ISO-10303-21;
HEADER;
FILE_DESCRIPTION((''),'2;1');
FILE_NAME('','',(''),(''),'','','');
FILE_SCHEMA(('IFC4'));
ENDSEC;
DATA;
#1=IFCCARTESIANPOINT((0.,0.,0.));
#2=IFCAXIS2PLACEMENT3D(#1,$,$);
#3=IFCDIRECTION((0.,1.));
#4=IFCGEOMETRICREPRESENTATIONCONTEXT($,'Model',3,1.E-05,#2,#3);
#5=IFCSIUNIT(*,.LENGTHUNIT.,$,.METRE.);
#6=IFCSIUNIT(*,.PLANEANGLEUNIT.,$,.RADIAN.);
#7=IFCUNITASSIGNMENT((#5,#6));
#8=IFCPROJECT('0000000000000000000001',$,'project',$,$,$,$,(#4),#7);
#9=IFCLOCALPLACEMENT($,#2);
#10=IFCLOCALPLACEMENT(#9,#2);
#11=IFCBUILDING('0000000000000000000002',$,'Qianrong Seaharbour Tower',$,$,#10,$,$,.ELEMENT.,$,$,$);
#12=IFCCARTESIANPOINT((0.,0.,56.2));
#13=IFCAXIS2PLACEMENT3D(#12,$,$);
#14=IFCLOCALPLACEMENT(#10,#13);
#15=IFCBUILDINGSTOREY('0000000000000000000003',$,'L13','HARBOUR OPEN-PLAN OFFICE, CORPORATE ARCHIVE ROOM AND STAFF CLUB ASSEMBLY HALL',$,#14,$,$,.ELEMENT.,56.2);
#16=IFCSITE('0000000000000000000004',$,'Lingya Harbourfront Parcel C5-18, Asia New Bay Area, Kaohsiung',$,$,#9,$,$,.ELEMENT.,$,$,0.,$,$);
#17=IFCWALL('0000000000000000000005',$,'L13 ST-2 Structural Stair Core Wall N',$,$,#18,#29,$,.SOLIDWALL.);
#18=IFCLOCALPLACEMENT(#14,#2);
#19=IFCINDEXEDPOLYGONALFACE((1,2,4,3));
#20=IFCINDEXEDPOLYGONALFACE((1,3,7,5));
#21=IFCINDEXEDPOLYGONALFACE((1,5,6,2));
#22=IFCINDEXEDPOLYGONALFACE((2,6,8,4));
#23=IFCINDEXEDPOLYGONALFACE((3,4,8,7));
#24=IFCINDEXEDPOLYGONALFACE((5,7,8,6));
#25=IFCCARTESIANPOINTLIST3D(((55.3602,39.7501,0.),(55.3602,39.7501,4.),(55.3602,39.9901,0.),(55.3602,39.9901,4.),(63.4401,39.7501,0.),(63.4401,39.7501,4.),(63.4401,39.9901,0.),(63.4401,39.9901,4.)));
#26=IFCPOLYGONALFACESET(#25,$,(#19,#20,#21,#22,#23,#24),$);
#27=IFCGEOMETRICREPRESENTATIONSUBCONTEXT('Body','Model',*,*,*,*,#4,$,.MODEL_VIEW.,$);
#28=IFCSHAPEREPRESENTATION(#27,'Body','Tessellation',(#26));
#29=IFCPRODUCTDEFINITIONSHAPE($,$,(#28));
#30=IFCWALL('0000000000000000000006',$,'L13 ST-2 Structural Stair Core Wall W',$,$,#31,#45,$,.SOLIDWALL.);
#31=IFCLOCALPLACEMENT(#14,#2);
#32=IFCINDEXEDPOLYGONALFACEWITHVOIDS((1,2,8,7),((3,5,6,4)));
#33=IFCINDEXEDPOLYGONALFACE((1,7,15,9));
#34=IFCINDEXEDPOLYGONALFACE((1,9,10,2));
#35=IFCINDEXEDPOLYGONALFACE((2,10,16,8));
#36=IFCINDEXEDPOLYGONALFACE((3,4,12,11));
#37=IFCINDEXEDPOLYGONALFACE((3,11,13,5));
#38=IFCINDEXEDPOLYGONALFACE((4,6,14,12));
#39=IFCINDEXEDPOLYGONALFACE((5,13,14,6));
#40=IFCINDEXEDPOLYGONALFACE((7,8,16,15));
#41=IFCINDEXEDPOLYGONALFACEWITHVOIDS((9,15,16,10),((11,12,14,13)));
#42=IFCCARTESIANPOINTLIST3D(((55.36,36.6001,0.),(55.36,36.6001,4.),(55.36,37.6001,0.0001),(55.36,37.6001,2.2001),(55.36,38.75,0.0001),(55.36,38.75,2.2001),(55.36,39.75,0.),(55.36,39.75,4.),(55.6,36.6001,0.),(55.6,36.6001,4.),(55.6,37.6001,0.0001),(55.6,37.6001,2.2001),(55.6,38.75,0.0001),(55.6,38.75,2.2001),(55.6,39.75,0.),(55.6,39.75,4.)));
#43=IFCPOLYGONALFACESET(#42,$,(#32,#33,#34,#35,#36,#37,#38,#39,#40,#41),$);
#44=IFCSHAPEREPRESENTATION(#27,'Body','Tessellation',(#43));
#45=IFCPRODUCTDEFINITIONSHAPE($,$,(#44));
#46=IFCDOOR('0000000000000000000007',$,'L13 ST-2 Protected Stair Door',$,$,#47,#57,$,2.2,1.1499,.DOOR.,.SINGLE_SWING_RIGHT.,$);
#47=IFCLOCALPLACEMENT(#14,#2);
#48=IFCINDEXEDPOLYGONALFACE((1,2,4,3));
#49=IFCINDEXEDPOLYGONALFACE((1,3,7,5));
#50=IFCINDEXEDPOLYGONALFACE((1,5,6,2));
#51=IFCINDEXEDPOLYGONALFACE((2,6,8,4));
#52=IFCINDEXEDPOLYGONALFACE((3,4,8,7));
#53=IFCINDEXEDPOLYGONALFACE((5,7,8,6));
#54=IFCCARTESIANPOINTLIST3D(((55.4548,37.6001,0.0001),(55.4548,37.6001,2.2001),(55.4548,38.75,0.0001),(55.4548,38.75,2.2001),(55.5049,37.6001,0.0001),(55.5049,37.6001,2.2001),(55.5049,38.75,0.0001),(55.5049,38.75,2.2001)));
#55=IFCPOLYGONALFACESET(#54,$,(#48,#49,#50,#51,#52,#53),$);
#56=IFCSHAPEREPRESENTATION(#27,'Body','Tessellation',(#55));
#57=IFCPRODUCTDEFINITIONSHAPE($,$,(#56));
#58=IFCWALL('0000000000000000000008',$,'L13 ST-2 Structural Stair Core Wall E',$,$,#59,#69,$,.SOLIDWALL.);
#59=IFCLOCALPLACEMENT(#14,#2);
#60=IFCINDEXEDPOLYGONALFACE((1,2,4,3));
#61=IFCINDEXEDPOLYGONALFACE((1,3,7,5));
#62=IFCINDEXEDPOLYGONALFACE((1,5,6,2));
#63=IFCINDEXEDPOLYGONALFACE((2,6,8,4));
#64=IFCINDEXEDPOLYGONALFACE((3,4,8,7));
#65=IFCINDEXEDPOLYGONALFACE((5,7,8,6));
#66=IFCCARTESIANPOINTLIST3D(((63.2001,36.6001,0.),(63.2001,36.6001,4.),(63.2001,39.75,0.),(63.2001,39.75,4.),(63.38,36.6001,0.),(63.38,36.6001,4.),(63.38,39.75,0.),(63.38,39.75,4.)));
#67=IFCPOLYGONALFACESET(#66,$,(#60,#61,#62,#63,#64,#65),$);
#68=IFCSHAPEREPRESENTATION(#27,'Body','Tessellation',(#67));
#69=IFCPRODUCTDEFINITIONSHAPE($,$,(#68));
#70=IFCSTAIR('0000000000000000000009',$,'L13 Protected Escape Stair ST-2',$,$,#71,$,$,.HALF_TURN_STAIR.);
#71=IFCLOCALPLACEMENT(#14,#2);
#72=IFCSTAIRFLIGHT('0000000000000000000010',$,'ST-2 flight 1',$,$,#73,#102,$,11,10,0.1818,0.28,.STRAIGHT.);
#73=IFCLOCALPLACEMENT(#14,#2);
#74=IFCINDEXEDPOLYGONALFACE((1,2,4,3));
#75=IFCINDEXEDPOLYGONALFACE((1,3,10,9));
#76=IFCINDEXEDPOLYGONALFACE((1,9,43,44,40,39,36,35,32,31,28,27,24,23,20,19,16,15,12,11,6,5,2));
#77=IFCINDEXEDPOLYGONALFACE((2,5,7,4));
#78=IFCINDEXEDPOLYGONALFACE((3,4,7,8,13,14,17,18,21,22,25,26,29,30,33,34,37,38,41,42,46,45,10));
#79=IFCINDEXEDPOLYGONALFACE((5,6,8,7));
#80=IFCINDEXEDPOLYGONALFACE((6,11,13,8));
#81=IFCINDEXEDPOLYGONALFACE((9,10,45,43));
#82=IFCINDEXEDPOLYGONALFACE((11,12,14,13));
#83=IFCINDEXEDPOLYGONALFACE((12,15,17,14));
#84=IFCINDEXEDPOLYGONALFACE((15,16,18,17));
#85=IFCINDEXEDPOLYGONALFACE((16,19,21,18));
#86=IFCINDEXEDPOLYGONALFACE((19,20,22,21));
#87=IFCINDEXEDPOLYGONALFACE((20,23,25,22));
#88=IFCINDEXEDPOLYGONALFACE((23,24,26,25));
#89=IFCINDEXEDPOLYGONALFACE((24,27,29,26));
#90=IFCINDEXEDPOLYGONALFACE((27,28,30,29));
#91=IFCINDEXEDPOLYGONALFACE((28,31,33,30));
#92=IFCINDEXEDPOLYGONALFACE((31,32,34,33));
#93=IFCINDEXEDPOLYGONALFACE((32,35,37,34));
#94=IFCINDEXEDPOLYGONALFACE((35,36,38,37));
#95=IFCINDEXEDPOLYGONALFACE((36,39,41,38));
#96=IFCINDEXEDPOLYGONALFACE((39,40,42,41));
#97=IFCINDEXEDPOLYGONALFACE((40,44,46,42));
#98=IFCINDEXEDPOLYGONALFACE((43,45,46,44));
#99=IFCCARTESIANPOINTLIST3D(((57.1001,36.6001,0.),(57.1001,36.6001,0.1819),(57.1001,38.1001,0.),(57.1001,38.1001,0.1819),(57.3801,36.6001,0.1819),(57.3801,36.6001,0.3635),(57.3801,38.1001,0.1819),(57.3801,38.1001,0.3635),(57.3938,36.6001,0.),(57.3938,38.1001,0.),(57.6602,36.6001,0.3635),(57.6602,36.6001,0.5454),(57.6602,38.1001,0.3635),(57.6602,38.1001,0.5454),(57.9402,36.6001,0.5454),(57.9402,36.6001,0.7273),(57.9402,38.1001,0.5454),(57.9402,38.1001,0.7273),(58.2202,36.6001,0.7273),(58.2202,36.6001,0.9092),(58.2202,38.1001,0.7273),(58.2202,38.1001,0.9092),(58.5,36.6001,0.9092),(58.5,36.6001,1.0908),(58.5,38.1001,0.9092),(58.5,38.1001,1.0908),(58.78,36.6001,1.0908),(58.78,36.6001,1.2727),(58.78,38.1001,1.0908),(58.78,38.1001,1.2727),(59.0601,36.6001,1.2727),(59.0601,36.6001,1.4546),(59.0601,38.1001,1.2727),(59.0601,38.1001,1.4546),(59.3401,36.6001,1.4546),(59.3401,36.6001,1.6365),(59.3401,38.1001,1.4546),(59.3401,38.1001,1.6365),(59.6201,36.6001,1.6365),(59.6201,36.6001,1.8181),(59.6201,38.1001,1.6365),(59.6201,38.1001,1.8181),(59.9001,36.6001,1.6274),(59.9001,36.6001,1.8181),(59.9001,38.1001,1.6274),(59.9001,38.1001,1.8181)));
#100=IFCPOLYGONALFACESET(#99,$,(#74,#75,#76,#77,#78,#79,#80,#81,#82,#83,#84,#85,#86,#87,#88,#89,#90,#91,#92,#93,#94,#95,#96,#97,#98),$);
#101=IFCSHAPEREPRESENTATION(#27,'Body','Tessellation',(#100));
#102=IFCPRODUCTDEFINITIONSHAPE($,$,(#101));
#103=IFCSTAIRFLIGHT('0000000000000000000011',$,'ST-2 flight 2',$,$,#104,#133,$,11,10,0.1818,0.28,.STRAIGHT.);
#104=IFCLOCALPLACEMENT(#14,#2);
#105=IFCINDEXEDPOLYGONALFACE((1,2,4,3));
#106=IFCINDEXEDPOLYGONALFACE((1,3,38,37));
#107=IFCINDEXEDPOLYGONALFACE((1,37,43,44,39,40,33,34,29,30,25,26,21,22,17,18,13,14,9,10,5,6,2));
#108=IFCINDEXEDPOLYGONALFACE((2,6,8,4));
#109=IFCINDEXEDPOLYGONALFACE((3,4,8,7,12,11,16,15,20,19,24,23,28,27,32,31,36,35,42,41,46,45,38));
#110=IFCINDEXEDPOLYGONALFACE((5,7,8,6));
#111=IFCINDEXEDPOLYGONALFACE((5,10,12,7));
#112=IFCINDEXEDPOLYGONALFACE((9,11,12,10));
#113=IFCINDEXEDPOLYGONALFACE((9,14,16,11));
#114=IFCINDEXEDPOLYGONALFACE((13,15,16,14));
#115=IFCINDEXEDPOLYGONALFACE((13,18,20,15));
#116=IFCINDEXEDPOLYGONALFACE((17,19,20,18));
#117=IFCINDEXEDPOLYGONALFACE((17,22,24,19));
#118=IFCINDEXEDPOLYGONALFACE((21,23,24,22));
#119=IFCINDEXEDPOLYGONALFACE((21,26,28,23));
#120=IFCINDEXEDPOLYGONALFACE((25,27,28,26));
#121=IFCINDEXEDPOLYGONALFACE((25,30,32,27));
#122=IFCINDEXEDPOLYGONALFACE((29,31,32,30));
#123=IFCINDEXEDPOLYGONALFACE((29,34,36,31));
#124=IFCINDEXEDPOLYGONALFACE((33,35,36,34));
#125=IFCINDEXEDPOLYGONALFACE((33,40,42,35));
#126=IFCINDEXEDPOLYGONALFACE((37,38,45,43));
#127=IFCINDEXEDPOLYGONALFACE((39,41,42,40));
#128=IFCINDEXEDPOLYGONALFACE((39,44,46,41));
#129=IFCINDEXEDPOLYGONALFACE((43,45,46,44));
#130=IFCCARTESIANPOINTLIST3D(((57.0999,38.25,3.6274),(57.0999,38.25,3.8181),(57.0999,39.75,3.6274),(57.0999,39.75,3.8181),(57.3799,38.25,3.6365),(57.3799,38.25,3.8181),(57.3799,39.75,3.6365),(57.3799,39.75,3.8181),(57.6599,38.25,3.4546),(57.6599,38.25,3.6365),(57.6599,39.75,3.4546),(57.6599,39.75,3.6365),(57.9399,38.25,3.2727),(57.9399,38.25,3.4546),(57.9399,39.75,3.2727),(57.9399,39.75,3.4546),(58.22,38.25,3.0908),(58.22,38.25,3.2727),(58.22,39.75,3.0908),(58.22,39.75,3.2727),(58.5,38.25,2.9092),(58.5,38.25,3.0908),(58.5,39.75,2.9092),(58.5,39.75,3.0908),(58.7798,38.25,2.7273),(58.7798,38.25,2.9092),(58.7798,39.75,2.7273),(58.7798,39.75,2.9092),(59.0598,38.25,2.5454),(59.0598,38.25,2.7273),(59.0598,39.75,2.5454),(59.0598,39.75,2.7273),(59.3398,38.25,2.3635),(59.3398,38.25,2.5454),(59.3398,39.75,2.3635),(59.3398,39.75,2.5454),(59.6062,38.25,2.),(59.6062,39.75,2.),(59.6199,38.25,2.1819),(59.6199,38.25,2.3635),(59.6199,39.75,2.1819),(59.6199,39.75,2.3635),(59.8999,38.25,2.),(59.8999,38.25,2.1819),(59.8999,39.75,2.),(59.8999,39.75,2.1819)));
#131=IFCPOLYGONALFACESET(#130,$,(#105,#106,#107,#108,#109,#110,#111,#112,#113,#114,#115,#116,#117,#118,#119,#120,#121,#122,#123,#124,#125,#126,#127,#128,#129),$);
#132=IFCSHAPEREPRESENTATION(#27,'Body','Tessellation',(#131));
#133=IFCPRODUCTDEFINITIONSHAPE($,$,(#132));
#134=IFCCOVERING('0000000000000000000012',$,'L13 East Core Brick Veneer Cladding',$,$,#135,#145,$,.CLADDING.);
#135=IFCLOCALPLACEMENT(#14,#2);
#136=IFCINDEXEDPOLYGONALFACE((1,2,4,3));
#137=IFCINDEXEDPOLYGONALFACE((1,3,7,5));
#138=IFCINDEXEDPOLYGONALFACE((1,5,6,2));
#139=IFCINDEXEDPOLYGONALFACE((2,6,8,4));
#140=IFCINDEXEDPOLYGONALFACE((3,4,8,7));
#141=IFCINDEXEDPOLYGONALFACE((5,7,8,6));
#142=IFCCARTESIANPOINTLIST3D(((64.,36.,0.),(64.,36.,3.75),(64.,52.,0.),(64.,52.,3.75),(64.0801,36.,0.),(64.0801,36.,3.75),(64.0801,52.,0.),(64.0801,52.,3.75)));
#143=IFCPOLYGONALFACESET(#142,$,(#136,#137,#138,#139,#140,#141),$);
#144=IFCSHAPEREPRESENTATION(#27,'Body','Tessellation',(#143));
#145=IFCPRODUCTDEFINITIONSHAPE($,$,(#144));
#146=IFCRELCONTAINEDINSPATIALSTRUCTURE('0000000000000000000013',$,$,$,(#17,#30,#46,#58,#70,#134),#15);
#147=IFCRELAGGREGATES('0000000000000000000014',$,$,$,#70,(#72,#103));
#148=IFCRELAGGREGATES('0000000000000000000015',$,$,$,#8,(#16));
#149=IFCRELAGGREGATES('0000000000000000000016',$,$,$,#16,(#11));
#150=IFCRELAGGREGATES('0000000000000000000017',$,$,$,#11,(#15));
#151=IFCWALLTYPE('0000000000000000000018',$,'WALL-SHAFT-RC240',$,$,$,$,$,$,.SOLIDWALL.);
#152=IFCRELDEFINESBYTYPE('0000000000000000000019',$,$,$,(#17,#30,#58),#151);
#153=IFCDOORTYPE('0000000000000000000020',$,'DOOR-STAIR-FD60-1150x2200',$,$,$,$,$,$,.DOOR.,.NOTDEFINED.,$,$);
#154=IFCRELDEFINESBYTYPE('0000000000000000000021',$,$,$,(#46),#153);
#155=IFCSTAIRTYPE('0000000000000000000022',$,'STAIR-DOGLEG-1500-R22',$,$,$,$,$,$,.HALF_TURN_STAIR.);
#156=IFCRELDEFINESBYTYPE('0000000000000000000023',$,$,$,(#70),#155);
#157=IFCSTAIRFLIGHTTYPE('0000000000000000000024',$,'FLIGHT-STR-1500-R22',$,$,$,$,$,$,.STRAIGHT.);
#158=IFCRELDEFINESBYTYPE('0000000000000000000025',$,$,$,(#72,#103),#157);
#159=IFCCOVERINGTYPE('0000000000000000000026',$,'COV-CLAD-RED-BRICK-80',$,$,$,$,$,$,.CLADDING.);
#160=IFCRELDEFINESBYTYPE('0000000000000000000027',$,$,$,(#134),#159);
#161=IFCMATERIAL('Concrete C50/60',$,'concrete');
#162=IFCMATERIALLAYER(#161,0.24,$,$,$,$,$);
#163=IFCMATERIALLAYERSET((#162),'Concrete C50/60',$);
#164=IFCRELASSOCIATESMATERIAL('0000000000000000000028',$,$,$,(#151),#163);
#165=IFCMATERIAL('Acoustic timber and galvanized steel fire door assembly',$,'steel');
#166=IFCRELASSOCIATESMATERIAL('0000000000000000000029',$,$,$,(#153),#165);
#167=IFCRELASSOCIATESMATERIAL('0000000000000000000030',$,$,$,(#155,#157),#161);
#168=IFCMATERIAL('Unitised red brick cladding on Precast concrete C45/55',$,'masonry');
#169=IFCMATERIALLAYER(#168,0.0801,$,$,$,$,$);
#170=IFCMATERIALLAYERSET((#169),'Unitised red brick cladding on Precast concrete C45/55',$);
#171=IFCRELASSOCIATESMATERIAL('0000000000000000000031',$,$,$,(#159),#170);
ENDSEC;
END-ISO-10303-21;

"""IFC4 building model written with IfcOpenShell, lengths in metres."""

from ifc_helpers import new_model, si_unit, direction, frame, frame_2d, origin, origin_2d, place, context, subcontext, project, spatial, polyline, rectangle, outline, extrude, material, layer, layer_set, type_object, element, fill, aggregate, save


model = new_model("IFC4")

# Units and contexts
model_context = context("Model", 3, precision=1e-05, world=origin(), true_north=direction((0.0, 1.0)))
body_context = subcontext(model_context, "Body", "Model", "MODEL_VIEW")
ifc_project = project(units=[si_unit("LENGTHUNIT", "METRE"), si_unit("PLANEANGLEUNIT", "RADIAN")], contexts=[model_context])

# Site, building, storey
site_placement = place(None, origin())
site = spatial("IfcSite", under=ifc_project, at=site_placement, Name="Lingya Harbourfront Parcel C5-18, Asia New Bay Area, Kaohsiung", CompositionType="ELEMENT", RefElevation=0.0)
building_placement = place(site_placement, origin())
building = spatial("IfcBuilding", under=site, at=building_placement, Name="Qianrong Seaharbour Tower", CompositionType="ELEMENT")
storey_placement = place(building_placement, frame((0.0, 0.0, 56.2)))
storey = spatial("IfcBuildingStorey", under=building, at=storey_placement, Name="L13", Description="HARBOUR OPEN-PLAN OFFICE, CORPORATE ARCHIVE ROOM AND STAFF CLUB ASSEMBLY HALL", CompositionType="ELEMENT", Elevation=56.2)

# Shared definitions
ifc_material_1 = material(Name="Acoustic timber and galvanized steel fire door assembly", Category="steel")

# Wall
ifc_material_2 = material(Name="Concrete C50/60", Category="concrete")
ifc_layer_1 = layer(ifc_material_2, 0.24)
ifc_layer_set_1 = layer_set([ifc_layer_1], Name="Concrete C50/60")
wall_type_1 = type_object("IfcWallType", Name="WALL-SHAFT-RC240", PredefinedType="SOLIDWALL", material=ifc_layer_set_1)
wall_1_placement = place(storey_placement, frame((55.3601, 39.8701, 0.0), z_axis=(0.0, 0.0, 1.0), x_axis=(1.0, 0.0, 0.0)))
element("IfcWall", 1, at=wall_1_placement, inside=storey, type_object=wall_type_1, Name="L13 ST-2 Structural Stair Core Wall N", PredefinedType="SOLIDWALL", context=body_context, shape_type="SweptSolid", body=[
    extrude(rectangle(XDim=8.0798, YDim=0.24, at=frame_2d((4.04, 0.0))), origin(), (0.0, 0.0, 1.0), 4.0),
])

# Wall, opening, door
wall_2_placement = place(storey_placement, frame((55.48, 39.75, 0.0), z_axis=(0.0, 0.0, 1.0), x_axis=(0.0, -1.0, 0.0)))
wall_2 = element("IfcWall", 2, at=wall_2_placement, inside=storey, type_object=wall_type_1, Name="L13 ST-2 Structural Stair Core Wall W", PredefinedType="SOLIDWALL", context=body_context, shape_type="SweptSolid", body=[
    extrude(rectangle(XDim=3.1499, YDim=0.24, at=frame_2d((1.575, 0.0))), origin(), (0.0, 0.0, 1.0), 4.0),
])
opening_1_placement = place(wall_2_placement, frame((1.0, 0.0, 0.0)))
opening_1 = element("IfcOpeningElement", 3, at=opening_1_placement, cuts=wall_2, PredefinedType="OPENING", context=body_context, shape_type="SweptSolid", body=[
    extrude(rectangle(XDim=1.1499, YDim=2.2, at=frame_2d((0.575, 1.1001))), frame((0.0, 0.1299, 0.0), z_axis=(0.0, -1.0, 0.0), x_axis=(1.0, 0.0, 0.0)), (0.0, 0.0, 1.0), 0.26),
])
door_type_1 = type_object("IfcDoorType", Name="DOOR-STAIR-FD60-1150x2200", OperationType="NOTDEFINED", PredefinedType="DOOR", material=ifc_material_1)
door_1_placement = place(opening_1_placement, origin())
door_1 = element("IfcDoor", 4, at=door_1_placement, inside=storey, type_object=door_type_1, Name="L13 ST-2 Protected Stair Door", OperationType="SINGLE_SWING_RIGHT", OverallHeight=2.2, OverallWidth=1.1499, PredefinedType="DOOR", context=body_context, shape_type="SweptSolid", body=[
    extrude(rectangle(XDim=1.1499, YDim=2.2, at=frame_2d((0.575, 1.1001))), frame((0.0, 0.0249, 0.0), z_axis=(0.0, -1.0, 0.0), x_axis=(1.0, 0.0, 0.0)), (0.0, 0.0, 1.0), 0.05),
])
fill(opening_1, door_1)

# Wall
wall_3_placement = place(storey_placement, frame((63.29, 36.6001, 0.0), z_axis=(0.0, 0.0, 1.0), x_axis=(0.0, 1.0, 0.0)))
element("IfcWall", 5, at=wall_3_placement, inside=storey, type_object=wall_type_1, Name="L13 ST-2 Structural Stair Core Wall E", PredefinedType="SOLIDWALL", context=body_context, shape_type="SweptSolid", body=[
    extrude(rectangle(XDim=3.1499, YDim=0.1799, at=frame_2d((1.575, 0.0))), origin(), (0.0, 0.0, 1.0), 4.0),
])

# Stair, stair flights
stair_type = type_object("IfcStairType", Name="STAIR-DOGLEG-1500-R22", PredefinedType="HALF_TURN_STAIR", material=ifc_material_2)
stair_placement = place(storey_placement, origin())
stair = element("IfcStair", 6, at=stair_placement, inside=storey, type_object=stair_type, Name="L13 Protected Escape Stair ST-2", PredefinedType="HALF_TURN_STAIR")
stair_flight_type = type_object("IfcStairFlightType", Name="FLIGHT-STR-1500-R22", PredefinedType="STRAIGHT", material=ifc_material_2)
stair_flight_1_placement = place(storey_placement, frame((57.1001, 37.3501, 0.0), z_axis=(0.0, 0.0, 1.0), x_axis=(1.0, 0.0, 0.0)))
stair_flight_1 = element("IfcStairFlight", 7, at=stair_flight_1_placement, type_object=stair_flight_type, Name="ST-2 flight 1", NumberOfRisers=11, NumberOfTreads=10, PredefinedType="STRAIGHT", RiserHeight=0.1818, TreadLength=0.28, context=body_context, shape_type="SweptSolid", body=[
    extrude(outline(polyline([(0.0, 0.0), (0.0, 0.1819), (0.28, 0.1819), (0.28, 0.3635), (0.5601, 0.3635), (0.5601, 0.5454), (0.8401, 0.5454), (0.8401, 0.7273), (1.1201, 0.7273), (1.1201, 0.9092), (1.3999, 0.9092), (1.3999, 1.0908), (1.6799, 1.0908), (1.6799, 1.2727), (1.96, 1.2727), (1.96, 1.4546), (2.24, 1.4546), (2.24, 1.6365), (2.52, 1.6365), (2.52, 1.8181), (2.8, 1.8181), (2.8, 2.0), (2.8, 1.6274), (0.2937, 0.0), (0.0, 0.0)])), frame((0.0, 0.75, 0.0), z_axis=(0.0, -1.0, 0.0), x_axis=(1.0, 0.0, 0.0)), (0.0, 0.0, 1.0), 1.5),
])
stair_flight_2_placement = place(storey_placement, frame((59.8999, 39.0, 2.0), z_axis=(0.0, 0.0, 1.0), x_axis=(-1.0, 0.0, 0.0)))
stair_flight_2 = element("IfcStairFlight", 8, at=stair_flight_2_placement, type_object=stair_flight_type, Name="ST-2 flight 2", NumberOfRisers=11, NumberOfTreads=10, PredefinedType="STRAIGHT", RiserHeight=0.1818, TreadLength=0.28, context=body_context, shape_type="SweptSolid", body=[
    extrude(outline(polyline([(0.0, 0.0), (0.0, 0.1819), (0.28, 0.1819), (0.28, 0.3635), (0.5601, 0.3635), (0.5601, 0.5454), (0.8401, 0.5454), (0.8401, 0.7273), (1.1201, 0.7273), (1.1201, 0.9092), (1.3999, 0.9092), (1.3999, 1.0908), (1.6799, 1.0908), (1.6799, 1.2727), (1.96, 1.2727), (1.96, 1.4546), (2.24, 1.4546), (2.24, 1.6365), (2.52, 1.6365), (2.52, 1.8181), (2.8, 1.8181), (2.8, 2.0), (2.8, 1.6274), (0.2937, 0.0), (0.0, 0.0)])), frame((0.0, 0.75, 0.0), z_axis=(0.0, -1.0, 0.0), x_axis=(1.0, 0.0, 0.0)), (0.0, 0.0, 1.0), 1.5),
])
aggregate(stair, [stair_flight_1, stair_flight_2])

# Covering
ifc_material_3 = material(Name="Unitised red brick cladding on Precast concrete C45/55", Category="masonry")
ifc_layer_2 = layer(ifc_material_3, 0.0801)
ifc_layer_set_2 = layer_set([ifc_layer_2], Name="Unitised red brick cladding on Precast concrete C45/55")
covering_type = type_object("IfcCoveringType", Name="COV-CLAD-RED-BRICK-80", PredefinedType="CLADDING", material=ifc_layer_set_2)
covering_placement = place(storey_placement, frame((64.04, 44.0, 0.0), z_axis=(0.0, 0.0, 1.0), x_axis=(1.0, 0.0, 0.0)))
element("IfcCovering", 9, at=covering_placement, inside=storey, type_object=covering_type, Name="L13 East Core Brick Veneer Cladding", PredefinedType="CLADDING", context=body_context, shape_type="SweptSolid", body=[
    extrude(rectangle(XDim=0.0801, YDim=16.0, at=origin_2d()), origin(), (0.0, 0.0, 1.0), 3.75),
])

save(model, "model.ifc")
